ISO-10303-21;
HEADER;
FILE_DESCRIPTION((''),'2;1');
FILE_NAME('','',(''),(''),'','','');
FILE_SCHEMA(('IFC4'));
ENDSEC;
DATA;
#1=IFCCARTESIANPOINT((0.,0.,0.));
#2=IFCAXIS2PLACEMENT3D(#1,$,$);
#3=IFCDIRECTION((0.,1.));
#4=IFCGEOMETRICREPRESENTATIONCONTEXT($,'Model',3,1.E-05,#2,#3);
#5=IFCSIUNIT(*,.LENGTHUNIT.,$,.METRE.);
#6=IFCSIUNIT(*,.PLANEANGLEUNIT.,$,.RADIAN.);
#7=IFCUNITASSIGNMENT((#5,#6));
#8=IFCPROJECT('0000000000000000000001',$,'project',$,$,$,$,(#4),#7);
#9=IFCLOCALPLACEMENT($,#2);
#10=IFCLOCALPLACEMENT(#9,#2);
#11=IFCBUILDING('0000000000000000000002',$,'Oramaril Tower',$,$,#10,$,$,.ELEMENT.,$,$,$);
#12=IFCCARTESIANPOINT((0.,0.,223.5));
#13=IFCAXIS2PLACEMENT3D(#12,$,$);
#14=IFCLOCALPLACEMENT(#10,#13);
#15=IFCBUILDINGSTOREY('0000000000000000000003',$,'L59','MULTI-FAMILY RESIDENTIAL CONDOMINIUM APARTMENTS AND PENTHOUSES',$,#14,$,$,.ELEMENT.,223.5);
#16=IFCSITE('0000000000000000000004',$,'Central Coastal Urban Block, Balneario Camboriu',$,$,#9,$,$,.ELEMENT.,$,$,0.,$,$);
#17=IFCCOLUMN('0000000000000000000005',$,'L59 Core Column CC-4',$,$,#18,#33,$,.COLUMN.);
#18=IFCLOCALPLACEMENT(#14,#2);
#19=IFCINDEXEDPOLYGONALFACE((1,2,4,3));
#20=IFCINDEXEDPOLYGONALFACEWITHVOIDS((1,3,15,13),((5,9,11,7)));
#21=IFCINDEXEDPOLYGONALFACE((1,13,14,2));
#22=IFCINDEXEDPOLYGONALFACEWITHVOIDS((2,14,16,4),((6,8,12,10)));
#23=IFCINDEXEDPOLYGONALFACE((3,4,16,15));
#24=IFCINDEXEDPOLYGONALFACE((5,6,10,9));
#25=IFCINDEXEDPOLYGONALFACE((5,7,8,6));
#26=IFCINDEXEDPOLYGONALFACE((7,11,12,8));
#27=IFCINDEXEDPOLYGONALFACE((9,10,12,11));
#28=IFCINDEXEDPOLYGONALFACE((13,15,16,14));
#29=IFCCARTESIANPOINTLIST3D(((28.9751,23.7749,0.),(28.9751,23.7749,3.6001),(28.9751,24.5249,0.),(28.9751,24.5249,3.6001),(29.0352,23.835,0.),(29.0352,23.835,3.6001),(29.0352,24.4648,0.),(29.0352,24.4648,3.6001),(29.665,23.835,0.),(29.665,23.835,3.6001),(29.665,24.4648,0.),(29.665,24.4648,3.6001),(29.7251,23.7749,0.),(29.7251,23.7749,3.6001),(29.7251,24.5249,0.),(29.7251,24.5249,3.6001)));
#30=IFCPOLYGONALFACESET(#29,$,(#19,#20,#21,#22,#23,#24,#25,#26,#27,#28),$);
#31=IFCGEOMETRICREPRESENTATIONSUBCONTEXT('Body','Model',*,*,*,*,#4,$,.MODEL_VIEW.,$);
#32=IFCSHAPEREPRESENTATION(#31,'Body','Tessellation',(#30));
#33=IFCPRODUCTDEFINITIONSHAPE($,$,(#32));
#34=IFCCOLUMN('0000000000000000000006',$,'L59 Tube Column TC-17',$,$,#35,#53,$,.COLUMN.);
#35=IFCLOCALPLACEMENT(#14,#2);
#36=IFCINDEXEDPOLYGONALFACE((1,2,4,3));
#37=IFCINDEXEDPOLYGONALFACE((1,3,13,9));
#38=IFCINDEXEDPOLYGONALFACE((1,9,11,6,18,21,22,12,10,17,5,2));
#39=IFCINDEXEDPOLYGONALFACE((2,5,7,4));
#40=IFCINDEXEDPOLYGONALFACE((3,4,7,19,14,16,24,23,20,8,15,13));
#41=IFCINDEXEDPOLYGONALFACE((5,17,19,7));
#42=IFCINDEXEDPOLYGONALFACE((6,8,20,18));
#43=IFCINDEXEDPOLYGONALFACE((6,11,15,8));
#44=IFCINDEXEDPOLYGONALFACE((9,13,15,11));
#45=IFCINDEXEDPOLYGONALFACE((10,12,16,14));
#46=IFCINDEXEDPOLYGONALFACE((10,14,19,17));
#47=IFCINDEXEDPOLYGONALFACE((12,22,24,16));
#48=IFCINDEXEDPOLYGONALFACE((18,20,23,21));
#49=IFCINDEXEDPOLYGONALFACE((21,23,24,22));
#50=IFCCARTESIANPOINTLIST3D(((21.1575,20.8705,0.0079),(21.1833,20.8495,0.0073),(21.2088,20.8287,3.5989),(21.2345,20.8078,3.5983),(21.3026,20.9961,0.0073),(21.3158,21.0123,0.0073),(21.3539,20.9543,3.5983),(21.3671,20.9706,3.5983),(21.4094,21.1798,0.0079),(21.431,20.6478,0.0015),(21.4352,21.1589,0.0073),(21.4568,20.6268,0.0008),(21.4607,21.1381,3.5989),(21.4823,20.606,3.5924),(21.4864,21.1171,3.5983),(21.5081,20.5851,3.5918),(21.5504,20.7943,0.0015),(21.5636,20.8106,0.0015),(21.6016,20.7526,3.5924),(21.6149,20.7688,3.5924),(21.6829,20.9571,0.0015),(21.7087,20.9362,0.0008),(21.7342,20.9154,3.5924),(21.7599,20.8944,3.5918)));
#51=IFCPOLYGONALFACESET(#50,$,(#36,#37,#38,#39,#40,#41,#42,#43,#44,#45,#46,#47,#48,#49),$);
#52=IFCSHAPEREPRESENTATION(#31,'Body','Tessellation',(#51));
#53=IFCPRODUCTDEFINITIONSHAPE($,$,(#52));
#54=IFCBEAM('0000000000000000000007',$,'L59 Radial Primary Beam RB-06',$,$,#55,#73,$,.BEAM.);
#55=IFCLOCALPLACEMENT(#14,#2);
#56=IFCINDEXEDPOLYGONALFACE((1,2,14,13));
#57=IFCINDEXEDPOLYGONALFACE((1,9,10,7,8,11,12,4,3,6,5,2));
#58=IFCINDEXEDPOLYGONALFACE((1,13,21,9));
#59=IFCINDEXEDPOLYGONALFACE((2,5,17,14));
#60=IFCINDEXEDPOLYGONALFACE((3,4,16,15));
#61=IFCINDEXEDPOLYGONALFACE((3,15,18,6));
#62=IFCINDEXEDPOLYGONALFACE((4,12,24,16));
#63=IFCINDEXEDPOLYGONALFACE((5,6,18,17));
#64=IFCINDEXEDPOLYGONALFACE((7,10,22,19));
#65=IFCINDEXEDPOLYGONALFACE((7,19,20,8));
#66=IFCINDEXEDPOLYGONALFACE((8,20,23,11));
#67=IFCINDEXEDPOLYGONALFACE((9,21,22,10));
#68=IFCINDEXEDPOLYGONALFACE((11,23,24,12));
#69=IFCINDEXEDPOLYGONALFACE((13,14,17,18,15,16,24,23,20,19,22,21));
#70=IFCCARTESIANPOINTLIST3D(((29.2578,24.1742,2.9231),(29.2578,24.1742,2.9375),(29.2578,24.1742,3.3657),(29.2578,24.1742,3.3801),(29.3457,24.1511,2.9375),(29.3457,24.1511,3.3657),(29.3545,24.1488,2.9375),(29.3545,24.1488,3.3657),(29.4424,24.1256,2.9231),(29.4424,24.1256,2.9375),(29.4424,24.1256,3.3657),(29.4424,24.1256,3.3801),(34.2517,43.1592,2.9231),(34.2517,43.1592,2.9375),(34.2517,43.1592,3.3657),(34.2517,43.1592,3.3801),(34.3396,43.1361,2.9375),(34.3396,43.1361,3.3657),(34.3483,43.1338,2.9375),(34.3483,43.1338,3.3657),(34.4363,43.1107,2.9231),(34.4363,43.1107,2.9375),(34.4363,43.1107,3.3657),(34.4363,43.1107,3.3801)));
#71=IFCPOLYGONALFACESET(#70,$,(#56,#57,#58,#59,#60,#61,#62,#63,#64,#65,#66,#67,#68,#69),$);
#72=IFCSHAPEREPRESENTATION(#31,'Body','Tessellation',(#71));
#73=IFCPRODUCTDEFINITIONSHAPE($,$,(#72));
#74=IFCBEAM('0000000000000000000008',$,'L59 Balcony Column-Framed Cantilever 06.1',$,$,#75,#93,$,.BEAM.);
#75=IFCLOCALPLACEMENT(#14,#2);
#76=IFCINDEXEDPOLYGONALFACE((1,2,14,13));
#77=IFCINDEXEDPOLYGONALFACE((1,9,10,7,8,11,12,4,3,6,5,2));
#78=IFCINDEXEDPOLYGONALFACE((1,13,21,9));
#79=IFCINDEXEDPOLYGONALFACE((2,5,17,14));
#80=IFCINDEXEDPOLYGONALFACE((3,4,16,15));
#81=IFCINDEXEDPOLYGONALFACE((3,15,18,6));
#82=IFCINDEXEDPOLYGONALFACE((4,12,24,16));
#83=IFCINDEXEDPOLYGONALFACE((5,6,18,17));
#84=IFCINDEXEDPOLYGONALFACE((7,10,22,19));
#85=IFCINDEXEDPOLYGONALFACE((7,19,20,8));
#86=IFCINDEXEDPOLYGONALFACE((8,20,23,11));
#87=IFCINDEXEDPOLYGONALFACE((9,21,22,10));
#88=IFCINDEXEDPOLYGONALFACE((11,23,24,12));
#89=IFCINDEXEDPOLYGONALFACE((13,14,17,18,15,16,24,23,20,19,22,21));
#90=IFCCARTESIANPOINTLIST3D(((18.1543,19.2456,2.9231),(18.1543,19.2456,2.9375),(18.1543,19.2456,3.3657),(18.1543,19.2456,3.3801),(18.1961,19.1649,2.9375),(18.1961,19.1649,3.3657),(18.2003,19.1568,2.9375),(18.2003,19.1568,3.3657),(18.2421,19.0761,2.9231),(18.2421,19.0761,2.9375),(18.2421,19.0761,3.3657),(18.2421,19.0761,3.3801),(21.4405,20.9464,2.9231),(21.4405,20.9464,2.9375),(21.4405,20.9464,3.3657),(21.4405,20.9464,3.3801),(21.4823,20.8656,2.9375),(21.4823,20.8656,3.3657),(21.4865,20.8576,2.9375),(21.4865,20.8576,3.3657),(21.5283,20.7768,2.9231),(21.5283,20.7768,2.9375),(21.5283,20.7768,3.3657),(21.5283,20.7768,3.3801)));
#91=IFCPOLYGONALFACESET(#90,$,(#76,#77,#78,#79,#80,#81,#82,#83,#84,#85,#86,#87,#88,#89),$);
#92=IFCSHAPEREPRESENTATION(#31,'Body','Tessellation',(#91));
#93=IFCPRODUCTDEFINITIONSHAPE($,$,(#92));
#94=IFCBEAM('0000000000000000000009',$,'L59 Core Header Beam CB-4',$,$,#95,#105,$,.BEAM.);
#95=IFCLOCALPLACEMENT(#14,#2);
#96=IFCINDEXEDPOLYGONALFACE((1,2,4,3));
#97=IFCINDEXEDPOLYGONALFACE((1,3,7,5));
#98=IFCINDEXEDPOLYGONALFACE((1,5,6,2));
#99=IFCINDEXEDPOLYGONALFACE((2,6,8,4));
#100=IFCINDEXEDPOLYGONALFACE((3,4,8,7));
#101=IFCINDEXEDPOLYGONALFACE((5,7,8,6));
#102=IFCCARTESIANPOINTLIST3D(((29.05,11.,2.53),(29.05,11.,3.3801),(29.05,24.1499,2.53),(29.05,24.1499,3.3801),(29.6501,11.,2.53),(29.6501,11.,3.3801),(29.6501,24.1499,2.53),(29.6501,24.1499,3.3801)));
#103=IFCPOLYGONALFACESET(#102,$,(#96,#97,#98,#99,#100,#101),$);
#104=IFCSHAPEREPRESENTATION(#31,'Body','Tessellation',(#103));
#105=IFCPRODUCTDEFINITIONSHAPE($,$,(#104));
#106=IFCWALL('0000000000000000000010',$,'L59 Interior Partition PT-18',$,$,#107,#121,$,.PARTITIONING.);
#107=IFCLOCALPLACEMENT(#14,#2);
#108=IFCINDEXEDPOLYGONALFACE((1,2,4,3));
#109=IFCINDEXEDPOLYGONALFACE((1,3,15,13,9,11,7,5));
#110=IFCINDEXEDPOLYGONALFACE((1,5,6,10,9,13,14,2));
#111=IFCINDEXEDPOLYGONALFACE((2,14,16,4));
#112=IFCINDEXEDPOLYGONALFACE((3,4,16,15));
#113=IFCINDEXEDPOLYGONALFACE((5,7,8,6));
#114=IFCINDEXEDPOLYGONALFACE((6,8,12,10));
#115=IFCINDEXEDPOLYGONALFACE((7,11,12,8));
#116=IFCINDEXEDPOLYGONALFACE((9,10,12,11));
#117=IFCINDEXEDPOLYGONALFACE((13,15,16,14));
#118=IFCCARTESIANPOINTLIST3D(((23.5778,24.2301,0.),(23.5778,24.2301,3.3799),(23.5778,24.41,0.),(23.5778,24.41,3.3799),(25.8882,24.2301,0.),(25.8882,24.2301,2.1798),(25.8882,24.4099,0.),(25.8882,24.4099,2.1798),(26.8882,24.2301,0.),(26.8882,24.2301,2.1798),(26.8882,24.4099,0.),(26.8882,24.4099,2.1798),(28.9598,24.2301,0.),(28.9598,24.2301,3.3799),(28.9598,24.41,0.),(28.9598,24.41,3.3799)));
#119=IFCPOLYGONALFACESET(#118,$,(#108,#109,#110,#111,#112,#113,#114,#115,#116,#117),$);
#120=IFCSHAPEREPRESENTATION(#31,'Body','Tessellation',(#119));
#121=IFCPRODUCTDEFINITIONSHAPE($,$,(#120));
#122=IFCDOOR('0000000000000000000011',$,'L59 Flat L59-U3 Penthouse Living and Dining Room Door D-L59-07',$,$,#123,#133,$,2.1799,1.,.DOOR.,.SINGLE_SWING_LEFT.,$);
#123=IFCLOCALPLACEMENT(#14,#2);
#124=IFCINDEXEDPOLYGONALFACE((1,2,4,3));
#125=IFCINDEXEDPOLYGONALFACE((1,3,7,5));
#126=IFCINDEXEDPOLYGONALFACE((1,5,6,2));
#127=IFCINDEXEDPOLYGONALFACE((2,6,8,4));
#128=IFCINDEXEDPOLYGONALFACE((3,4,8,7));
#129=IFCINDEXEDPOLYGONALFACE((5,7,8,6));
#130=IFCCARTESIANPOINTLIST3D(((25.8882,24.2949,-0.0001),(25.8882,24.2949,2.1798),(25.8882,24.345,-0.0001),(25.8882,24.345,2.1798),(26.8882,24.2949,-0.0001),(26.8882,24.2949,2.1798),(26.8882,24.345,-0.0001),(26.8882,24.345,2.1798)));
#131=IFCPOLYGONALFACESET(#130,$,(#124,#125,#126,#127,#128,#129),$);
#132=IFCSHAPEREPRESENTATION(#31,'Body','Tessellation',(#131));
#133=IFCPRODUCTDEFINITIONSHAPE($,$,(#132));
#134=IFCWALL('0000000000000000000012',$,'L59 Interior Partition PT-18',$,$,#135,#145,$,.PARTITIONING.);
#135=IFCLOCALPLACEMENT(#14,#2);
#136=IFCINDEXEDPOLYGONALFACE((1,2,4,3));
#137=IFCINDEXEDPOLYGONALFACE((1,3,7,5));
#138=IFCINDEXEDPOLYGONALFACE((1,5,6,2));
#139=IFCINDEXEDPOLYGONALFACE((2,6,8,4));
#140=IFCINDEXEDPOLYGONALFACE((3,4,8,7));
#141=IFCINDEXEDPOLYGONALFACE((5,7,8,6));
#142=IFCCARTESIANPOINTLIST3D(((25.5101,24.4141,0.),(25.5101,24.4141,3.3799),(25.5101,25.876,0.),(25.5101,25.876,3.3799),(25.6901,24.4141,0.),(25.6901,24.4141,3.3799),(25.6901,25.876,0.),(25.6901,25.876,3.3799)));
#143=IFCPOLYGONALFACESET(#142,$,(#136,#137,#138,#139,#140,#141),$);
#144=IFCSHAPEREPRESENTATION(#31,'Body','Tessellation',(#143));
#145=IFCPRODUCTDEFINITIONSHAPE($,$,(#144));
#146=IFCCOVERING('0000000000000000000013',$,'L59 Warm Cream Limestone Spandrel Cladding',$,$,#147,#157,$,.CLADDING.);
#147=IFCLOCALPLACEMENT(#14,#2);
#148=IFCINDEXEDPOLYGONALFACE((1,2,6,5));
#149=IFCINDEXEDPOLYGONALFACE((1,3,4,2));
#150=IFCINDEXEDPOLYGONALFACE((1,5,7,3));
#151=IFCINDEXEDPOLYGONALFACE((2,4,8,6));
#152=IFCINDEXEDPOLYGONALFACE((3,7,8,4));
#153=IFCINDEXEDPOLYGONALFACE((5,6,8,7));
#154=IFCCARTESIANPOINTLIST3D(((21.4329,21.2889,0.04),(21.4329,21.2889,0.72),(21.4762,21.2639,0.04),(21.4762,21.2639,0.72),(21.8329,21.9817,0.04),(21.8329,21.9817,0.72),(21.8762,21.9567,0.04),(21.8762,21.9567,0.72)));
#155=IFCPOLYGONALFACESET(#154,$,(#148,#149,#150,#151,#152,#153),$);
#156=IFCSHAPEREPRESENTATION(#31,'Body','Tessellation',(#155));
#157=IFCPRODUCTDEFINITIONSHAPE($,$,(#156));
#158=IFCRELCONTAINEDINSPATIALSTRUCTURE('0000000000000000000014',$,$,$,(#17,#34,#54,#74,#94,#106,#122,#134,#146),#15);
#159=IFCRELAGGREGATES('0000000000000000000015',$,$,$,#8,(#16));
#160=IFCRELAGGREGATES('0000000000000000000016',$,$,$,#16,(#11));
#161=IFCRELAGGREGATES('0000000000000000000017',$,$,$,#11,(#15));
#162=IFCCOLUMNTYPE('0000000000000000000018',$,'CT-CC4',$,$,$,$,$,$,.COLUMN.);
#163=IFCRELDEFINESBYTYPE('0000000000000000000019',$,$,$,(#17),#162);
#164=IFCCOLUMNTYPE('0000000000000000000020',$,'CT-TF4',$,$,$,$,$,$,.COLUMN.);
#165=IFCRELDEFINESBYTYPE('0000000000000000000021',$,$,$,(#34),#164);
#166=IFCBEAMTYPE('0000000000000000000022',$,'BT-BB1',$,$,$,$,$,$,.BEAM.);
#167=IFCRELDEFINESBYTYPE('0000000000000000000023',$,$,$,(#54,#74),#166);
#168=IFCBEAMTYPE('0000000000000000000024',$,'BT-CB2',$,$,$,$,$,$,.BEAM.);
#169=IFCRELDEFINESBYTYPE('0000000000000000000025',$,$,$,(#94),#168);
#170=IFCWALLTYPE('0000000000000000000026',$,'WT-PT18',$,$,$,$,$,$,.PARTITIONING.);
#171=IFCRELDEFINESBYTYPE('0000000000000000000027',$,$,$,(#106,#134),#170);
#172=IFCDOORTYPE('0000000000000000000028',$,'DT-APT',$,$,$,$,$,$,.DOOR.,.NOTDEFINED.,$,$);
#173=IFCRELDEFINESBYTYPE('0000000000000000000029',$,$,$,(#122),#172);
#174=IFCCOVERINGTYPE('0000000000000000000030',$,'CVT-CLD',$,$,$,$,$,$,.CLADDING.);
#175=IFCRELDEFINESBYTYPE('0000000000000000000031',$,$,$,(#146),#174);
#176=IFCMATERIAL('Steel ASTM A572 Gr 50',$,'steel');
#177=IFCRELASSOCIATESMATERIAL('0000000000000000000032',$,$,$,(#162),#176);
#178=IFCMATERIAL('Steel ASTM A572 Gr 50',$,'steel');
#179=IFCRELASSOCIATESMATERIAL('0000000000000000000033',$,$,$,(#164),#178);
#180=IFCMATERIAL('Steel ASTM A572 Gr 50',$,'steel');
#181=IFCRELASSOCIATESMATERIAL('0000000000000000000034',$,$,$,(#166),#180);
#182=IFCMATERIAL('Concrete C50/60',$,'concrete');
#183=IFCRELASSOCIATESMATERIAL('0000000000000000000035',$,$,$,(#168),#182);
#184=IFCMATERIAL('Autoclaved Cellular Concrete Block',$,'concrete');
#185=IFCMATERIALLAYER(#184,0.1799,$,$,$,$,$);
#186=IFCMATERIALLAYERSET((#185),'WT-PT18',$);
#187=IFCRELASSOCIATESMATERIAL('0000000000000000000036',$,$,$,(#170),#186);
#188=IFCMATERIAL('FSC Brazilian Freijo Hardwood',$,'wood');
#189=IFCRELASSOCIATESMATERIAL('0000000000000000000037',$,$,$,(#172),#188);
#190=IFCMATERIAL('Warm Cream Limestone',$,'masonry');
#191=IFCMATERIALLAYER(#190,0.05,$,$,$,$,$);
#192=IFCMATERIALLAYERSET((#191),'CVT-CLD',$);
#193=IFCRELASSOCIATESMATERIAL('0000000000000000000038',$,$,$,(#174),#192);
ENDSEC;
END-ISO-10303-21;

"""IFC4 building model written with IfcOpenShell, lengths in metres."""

from ifc_helpers import new_model, si_unit, direction, frame, frame_2d, origin, origin_2d, place, context, subcontext, project, spatial, rectangle, hollow_rectangle, i_section, extrude, material, layer, layer_set, material_profile, profile_set, type_object, element, fill, save


model = new_model("IFC4")

# Units and contexts
model_context = context("Model", 3, precision=1e-05, world=origin(), true_north=direction((0.0, 1.0)))
body_context = subcontext(model_context, "Body", "Model", "MODEL_VIEW")
ifc_project = project(units=[si_unit("LENGTHUNIT", "METRE"), si_unit("PLANEANGLEUNIT", "RADIAN")], contexts=[model_context])

# Site, building, storey
site_placement = place(None, origin())
site = spatial("IfcSite", under=ifc_project, at=site_placement, Name="Central Coastal Urban Block, Balneario Camboriu", CompositionType="ELEMENT", RefElevation=0.0)
building_placement = place(site_placement, origin())
building = spatial("IfcBuilding", under=site, at=building_placement, Name="Oramaril Tower", CompositionType="ELEMENT")
storey_placement = place(building_placement, frame((0.0, 0.0, 223.5)))
storey = spatial("IfcBuildingStorey", under=building, at=storey_placement, Name="L59", Description="MULTI-FAMILY RESIDENTIAL CONDOMINIUM APARTMENTS AND PENTHOUSES", CompositionType="ELEMENT", Elevation=223.5)

# Columns
ifc_material_1 = material(Name="Steel ASTM A572 Gr 50", Category="steel")
ifc_material_profile_1 = material_profile(ifc_material_1, hollow_rectangle(XDim=0.75, YDim=0.75, WallThickness=0.0601, at=origin_2d()), Name="BOX750X750X60")
ifc_profile_set_1 = profile_set([ifc_material_profile_1], Name="Steel ASTM A572 Gr 50")
column_type_1 = type_object("IfcColumnType", Name="CT-CC4", PredefinedType="COLUMN", material=ifc_profile_set_1)
column_1_placement = place(storey_placement, frame((29.3501, 24.1499, 0.0), z_axis=(0.0, 0.0, 1.0), x_axis=(1.0, 0.0, 0.0)))
element("IfcColumn", 1, at=column_1_placement, inside=storey, type_object=column_type_1, Name="L59 Core Column CC-4", PredefinedType="COLUMN", context=body_context, shape_type="SweptSolid", body=[
    extrude(hollow_rectangle(XDim=0.75, YDim=0.75, WallThickness=0.0601, at=origin_2d()), origin(), (0.0, 0.0, 1.0), 3.6001),
])
ifc_material_2 = material(Name="Steel ASTM A572 Gr 50", Category="steel")
ifc_material_profile_2 = material_profile(ifc_material_2, i_section(OverallWidth=0.3989, OverallDepth=0.386, WebThickness=0.021, FlangeThickness=0.0332, at=origin_2d()), Name="W14X176")
ifc_profile_set_2 = profile_set([ifc_material_profile_2], Name="Steel ASTM A572 Gr 50")
column_type_2 = type_object("IfcColumnType", Name="CT-TF4", PredefinedType="COLUMN", material=ifc_profile_set_2)
column_2_placement = place(storey_placement, frame((21.4331, 20.9033, 0.0044), z_axis=(0.014275, -0.011624, 0.999831), x_axis=(0.631426, 0.775436, 0.0)))
element("IfcColumn", 2, at=column_2_placement, inside=storey, type_object=column_type_2, Name="L59 Tube Column TC-17", PredefinedType="COLUMN", context=body_context, shape_type="SweptSolid", body=[
    extrude(i_section(OverallWidth=0.3989, OverallDepth=0.386, WebThickness=0.021, FlangeThickness=0.0332, at=origin_2d()), origin(), (0.0, 0.0, 1.0), 3.5916),
])

# Beams
ifc_material_3 = material(Name="Steel ASTM A572 Gr 50", Category="steel")
ifc_material_profile_3 = material_profile(ifc_material_3, i_section(OverallWidth=0.1909, OverallDepth=0.457, WebThickness=0.009, FlangeThickness=0.0144, at=origin_2d()), Name="W18X50")
ifc_profile_set_3 = profile_set([ifc_material_profile_3], Name="Steel ASTM A572 Gr 50")
beam_type_1 = type_object("IfcBeamType", Name="BT-BB1", PredefinedType="BEAM", material=ifc_profile_set_3)
beam_1_placement = place(storey_placement, frame((29.3501, 24.1499, 3.1516), z_axis=(0.254389, 0.967102, 0.0), x_axis=(-0.967102, 0.254389, 0.0)))
element("IfcBeam", 3, at=beam_1_placement, inside=storey, type_object=beam_type_1, Name="L59 Radial Primary Beam RB-06", PredefinedType="BEAM", context=body_context, shape_type="SweptSolid", body=[
    extrude(i_section(OverallWidth=0.1909, OverallDepth=0.457, WebThickness=0.009, FlangeThickness=0.0144, at=origin_2d()), origin(), (0.0, 0.0, 1.0), 19.6309),
])
beam_2_placement = place(storey_placement, frame((21.4844, 20.8616, 3.1516), z_axis=(-0.888112, -0.459628, 0.0), x_axis=(0.459628, -0.888112, 0.0)))
element("IfcBeam", 4, at=beam_2_placement, inside=storey, type_object=beam_type_1, Name="L59 Balcony Column-Framed Cantilever 06.1", PredefinedType="BEAM", context=body_context, shape_type="SweptSolid", body=[
    extrude(i_section(OverallWidth=0.1909, OverallDepth=0.457, WebThickness=0.009, FlangeThickness=0.0144, at=origin_2d()), origin(), (0.0, 0.0, 1.0), 3.7002),
])
ifc_material_4 = material(Name="Concrete C50/60", Category="concrete")
ifc_material_profile_4 = material_profile(ifc_material_4, rectangle(XDim=0.6001, YDim=0.8501, at=origin_2d()), Name="CB600X850")
ifc_profile_set_4 = profile_set([ifc_material_profile_4], Name="Concrete C50/60")
beam_type_2 = type_object("IfcBeamType", Name="BT-CB2", PredefinedType="BEAM", material=ifc_profile_set_4)
beam_3_placement = place(storey_placement, frame((29.3501, 24.1499, 2.9551), z_axis=(0.0, -1.0, 0.0), x_axis=(1.0, 0.0, 0.0)))
element("IfcBeam", 5, at=beam_3_placement, inside=storey, type_object=beam_type_2, Name="L59 Core Header Beam CB-4", PredefinedType="BEAM", context=body_context, shape_type="SweptSolid", body=[
    extrude(rectangle(XDim=0.6001, YDim=0.8501, at=origin_2d()), origin(), (0.0, 0.0, 1.0), 13.1499),
])

# Wall, opening, door
ifc_material_5 = material(Name="Autoclaved Cellular Concrete Block", Category="concrete")
ifc_layer_1 = layer(ifc_material_5, 0.1799)
ifc_layer_set_1 = layer_set([ifc_layer_1], Name="WT-PT18")
wall_type_1 = type_object("IfcWallType", Name="WT-PT18", PredefinedType="PARTITIONING", material=ifc_layer_set_1)
wall_1_placement = place(storey_placement, frame((23.5779, 24.3201, 0.0), z_axis=(0.0, 0.0, 1.0), x_axis=(1.0, 0.0, 0.0)))
wall_1 = element("IfcWall", 6, at=wall_1_placement, inside=storey, type_object=wall_type_1, Name="L59 Interior Partition PT-18", PredefinedType="PARTITIONING", context=body_context, shape_type="SweptSolid", body=[
    extrude(rectangle(XDim=5.3821, YDim=0.1799, at=frame_2d((2.6909, 0.0))), origin(), (0.0, 0.0, 1.0), 3.3799),
])
opening_1_placement = place(wall_1_placement, frame((2.3103, 0.0, 0.0)))
opening_1 = element("IfcOpeningElement", 7, at=opening_1_placement, cuts=wall_1, PredefinedType="OPENING", context=body_context, shape_type="SweptSolid", body=[
    extrude(rectangle(XDim=1.0, YDim=2.1799, at=frame_2d((0.5, 1.0898))), frame((0.0, 0.0898, 0.0), z_axis=(0.0, -1.0, 0.0), x_axis=(1.0, 0.0, 0.0)), (0.0, 0.0, 1.0), 0.1799),
])
ifc_material_6 = material(Name="FSC Brazilian Freijo Hardwood", Category="wood")
door_type_1 = type_object("IfcDoorType", Name="DT-APT", OperationType="NOTDEFINED", PredefinedType="DOOR", material=ifc_material_6)
door_1_placement = place(opening_1_placement, origin())
door_1 = element("IfcDoor", 8, at=door_1_placement, inside=storey, type_object=door_type_1, Name="L59 Flat L59-U3 Penthouse Living and Dining Room Door D-L59-07", OperationType="SINGLE_SWING_LEFT", OverallHeight=2.1799, OverallWidth=1.0, PredefinedType="DOOR", context=body_context, shape_type="SweptSolid", body=[
    extrude(rectangle(XDim=1.0, YDim=2.1799, at=frame_2d((0.5, 1.0898))), frame((0.0, 0.0249, 0.0), z_axis=(0.0, -1.0, 0.0), x_axis=(1.0, 0.0, 0.0)), (0.0, 0.0, 1.0), 0.05),
])
fill(opening_1, door_1)

# Wall
wall_2_placement = place(storey_placement, frame((25.6001, 24.4141, 0.0), z_axis=(0.0, 0.0, 1.0), x_axis=(0.0, 1.0, 0.0)))
element("IfcWall", 9, at=wall_2_placement, inside=storey, type_object=wall_type_1, Name="L59 Interior Partition PT-18", PredefinedType="PARTITIONING", context=body_context, shape_type="SweptSolid", body=[
    extrude(rectangle(XDim=1.4619, YDim=0.1799, at=frame_2d((0.731, 0.0))), origin(), (0.0, 0.0, 1.0), 3.3799),
])

# Covering
ifc_material_7 = material(Name="Warm Cream Limestone", Category="masonry")
ifc_layer_2 = layer(ifc_material_7, 0.05)
ifc_layer_set_2 = layer_set([ifc_layer_2], Name="CVT-CLD")
covering_type = type_object("IfcCoveringType", Name="CVT-CLD", PredefinedType="CLADDING", material=ifc_layer_set_2)
covering_placement = place(storey_placement, frame((21.6545, 21.6228, 0.04), z_axis=(0.0, 0.0, 1.0), x_axis=(-0.5, -0.866025, 0.0)))
element("IfcCovering", 10, at=covering_placement, inside=storey, type_object=covering_type, Name="L59 Warm Cream Limestone Spandrel Cladding", PredefinedType="CLADDING", context=body_context, shape_type="SweptSolid", body=[
    extrude(rectangle(XDim=0.8, YDim=0.05, at=origin_2d()), origin(), (0.0, 0.0, 1.0), 0.6799),
])

save(model, "model.ifc")
